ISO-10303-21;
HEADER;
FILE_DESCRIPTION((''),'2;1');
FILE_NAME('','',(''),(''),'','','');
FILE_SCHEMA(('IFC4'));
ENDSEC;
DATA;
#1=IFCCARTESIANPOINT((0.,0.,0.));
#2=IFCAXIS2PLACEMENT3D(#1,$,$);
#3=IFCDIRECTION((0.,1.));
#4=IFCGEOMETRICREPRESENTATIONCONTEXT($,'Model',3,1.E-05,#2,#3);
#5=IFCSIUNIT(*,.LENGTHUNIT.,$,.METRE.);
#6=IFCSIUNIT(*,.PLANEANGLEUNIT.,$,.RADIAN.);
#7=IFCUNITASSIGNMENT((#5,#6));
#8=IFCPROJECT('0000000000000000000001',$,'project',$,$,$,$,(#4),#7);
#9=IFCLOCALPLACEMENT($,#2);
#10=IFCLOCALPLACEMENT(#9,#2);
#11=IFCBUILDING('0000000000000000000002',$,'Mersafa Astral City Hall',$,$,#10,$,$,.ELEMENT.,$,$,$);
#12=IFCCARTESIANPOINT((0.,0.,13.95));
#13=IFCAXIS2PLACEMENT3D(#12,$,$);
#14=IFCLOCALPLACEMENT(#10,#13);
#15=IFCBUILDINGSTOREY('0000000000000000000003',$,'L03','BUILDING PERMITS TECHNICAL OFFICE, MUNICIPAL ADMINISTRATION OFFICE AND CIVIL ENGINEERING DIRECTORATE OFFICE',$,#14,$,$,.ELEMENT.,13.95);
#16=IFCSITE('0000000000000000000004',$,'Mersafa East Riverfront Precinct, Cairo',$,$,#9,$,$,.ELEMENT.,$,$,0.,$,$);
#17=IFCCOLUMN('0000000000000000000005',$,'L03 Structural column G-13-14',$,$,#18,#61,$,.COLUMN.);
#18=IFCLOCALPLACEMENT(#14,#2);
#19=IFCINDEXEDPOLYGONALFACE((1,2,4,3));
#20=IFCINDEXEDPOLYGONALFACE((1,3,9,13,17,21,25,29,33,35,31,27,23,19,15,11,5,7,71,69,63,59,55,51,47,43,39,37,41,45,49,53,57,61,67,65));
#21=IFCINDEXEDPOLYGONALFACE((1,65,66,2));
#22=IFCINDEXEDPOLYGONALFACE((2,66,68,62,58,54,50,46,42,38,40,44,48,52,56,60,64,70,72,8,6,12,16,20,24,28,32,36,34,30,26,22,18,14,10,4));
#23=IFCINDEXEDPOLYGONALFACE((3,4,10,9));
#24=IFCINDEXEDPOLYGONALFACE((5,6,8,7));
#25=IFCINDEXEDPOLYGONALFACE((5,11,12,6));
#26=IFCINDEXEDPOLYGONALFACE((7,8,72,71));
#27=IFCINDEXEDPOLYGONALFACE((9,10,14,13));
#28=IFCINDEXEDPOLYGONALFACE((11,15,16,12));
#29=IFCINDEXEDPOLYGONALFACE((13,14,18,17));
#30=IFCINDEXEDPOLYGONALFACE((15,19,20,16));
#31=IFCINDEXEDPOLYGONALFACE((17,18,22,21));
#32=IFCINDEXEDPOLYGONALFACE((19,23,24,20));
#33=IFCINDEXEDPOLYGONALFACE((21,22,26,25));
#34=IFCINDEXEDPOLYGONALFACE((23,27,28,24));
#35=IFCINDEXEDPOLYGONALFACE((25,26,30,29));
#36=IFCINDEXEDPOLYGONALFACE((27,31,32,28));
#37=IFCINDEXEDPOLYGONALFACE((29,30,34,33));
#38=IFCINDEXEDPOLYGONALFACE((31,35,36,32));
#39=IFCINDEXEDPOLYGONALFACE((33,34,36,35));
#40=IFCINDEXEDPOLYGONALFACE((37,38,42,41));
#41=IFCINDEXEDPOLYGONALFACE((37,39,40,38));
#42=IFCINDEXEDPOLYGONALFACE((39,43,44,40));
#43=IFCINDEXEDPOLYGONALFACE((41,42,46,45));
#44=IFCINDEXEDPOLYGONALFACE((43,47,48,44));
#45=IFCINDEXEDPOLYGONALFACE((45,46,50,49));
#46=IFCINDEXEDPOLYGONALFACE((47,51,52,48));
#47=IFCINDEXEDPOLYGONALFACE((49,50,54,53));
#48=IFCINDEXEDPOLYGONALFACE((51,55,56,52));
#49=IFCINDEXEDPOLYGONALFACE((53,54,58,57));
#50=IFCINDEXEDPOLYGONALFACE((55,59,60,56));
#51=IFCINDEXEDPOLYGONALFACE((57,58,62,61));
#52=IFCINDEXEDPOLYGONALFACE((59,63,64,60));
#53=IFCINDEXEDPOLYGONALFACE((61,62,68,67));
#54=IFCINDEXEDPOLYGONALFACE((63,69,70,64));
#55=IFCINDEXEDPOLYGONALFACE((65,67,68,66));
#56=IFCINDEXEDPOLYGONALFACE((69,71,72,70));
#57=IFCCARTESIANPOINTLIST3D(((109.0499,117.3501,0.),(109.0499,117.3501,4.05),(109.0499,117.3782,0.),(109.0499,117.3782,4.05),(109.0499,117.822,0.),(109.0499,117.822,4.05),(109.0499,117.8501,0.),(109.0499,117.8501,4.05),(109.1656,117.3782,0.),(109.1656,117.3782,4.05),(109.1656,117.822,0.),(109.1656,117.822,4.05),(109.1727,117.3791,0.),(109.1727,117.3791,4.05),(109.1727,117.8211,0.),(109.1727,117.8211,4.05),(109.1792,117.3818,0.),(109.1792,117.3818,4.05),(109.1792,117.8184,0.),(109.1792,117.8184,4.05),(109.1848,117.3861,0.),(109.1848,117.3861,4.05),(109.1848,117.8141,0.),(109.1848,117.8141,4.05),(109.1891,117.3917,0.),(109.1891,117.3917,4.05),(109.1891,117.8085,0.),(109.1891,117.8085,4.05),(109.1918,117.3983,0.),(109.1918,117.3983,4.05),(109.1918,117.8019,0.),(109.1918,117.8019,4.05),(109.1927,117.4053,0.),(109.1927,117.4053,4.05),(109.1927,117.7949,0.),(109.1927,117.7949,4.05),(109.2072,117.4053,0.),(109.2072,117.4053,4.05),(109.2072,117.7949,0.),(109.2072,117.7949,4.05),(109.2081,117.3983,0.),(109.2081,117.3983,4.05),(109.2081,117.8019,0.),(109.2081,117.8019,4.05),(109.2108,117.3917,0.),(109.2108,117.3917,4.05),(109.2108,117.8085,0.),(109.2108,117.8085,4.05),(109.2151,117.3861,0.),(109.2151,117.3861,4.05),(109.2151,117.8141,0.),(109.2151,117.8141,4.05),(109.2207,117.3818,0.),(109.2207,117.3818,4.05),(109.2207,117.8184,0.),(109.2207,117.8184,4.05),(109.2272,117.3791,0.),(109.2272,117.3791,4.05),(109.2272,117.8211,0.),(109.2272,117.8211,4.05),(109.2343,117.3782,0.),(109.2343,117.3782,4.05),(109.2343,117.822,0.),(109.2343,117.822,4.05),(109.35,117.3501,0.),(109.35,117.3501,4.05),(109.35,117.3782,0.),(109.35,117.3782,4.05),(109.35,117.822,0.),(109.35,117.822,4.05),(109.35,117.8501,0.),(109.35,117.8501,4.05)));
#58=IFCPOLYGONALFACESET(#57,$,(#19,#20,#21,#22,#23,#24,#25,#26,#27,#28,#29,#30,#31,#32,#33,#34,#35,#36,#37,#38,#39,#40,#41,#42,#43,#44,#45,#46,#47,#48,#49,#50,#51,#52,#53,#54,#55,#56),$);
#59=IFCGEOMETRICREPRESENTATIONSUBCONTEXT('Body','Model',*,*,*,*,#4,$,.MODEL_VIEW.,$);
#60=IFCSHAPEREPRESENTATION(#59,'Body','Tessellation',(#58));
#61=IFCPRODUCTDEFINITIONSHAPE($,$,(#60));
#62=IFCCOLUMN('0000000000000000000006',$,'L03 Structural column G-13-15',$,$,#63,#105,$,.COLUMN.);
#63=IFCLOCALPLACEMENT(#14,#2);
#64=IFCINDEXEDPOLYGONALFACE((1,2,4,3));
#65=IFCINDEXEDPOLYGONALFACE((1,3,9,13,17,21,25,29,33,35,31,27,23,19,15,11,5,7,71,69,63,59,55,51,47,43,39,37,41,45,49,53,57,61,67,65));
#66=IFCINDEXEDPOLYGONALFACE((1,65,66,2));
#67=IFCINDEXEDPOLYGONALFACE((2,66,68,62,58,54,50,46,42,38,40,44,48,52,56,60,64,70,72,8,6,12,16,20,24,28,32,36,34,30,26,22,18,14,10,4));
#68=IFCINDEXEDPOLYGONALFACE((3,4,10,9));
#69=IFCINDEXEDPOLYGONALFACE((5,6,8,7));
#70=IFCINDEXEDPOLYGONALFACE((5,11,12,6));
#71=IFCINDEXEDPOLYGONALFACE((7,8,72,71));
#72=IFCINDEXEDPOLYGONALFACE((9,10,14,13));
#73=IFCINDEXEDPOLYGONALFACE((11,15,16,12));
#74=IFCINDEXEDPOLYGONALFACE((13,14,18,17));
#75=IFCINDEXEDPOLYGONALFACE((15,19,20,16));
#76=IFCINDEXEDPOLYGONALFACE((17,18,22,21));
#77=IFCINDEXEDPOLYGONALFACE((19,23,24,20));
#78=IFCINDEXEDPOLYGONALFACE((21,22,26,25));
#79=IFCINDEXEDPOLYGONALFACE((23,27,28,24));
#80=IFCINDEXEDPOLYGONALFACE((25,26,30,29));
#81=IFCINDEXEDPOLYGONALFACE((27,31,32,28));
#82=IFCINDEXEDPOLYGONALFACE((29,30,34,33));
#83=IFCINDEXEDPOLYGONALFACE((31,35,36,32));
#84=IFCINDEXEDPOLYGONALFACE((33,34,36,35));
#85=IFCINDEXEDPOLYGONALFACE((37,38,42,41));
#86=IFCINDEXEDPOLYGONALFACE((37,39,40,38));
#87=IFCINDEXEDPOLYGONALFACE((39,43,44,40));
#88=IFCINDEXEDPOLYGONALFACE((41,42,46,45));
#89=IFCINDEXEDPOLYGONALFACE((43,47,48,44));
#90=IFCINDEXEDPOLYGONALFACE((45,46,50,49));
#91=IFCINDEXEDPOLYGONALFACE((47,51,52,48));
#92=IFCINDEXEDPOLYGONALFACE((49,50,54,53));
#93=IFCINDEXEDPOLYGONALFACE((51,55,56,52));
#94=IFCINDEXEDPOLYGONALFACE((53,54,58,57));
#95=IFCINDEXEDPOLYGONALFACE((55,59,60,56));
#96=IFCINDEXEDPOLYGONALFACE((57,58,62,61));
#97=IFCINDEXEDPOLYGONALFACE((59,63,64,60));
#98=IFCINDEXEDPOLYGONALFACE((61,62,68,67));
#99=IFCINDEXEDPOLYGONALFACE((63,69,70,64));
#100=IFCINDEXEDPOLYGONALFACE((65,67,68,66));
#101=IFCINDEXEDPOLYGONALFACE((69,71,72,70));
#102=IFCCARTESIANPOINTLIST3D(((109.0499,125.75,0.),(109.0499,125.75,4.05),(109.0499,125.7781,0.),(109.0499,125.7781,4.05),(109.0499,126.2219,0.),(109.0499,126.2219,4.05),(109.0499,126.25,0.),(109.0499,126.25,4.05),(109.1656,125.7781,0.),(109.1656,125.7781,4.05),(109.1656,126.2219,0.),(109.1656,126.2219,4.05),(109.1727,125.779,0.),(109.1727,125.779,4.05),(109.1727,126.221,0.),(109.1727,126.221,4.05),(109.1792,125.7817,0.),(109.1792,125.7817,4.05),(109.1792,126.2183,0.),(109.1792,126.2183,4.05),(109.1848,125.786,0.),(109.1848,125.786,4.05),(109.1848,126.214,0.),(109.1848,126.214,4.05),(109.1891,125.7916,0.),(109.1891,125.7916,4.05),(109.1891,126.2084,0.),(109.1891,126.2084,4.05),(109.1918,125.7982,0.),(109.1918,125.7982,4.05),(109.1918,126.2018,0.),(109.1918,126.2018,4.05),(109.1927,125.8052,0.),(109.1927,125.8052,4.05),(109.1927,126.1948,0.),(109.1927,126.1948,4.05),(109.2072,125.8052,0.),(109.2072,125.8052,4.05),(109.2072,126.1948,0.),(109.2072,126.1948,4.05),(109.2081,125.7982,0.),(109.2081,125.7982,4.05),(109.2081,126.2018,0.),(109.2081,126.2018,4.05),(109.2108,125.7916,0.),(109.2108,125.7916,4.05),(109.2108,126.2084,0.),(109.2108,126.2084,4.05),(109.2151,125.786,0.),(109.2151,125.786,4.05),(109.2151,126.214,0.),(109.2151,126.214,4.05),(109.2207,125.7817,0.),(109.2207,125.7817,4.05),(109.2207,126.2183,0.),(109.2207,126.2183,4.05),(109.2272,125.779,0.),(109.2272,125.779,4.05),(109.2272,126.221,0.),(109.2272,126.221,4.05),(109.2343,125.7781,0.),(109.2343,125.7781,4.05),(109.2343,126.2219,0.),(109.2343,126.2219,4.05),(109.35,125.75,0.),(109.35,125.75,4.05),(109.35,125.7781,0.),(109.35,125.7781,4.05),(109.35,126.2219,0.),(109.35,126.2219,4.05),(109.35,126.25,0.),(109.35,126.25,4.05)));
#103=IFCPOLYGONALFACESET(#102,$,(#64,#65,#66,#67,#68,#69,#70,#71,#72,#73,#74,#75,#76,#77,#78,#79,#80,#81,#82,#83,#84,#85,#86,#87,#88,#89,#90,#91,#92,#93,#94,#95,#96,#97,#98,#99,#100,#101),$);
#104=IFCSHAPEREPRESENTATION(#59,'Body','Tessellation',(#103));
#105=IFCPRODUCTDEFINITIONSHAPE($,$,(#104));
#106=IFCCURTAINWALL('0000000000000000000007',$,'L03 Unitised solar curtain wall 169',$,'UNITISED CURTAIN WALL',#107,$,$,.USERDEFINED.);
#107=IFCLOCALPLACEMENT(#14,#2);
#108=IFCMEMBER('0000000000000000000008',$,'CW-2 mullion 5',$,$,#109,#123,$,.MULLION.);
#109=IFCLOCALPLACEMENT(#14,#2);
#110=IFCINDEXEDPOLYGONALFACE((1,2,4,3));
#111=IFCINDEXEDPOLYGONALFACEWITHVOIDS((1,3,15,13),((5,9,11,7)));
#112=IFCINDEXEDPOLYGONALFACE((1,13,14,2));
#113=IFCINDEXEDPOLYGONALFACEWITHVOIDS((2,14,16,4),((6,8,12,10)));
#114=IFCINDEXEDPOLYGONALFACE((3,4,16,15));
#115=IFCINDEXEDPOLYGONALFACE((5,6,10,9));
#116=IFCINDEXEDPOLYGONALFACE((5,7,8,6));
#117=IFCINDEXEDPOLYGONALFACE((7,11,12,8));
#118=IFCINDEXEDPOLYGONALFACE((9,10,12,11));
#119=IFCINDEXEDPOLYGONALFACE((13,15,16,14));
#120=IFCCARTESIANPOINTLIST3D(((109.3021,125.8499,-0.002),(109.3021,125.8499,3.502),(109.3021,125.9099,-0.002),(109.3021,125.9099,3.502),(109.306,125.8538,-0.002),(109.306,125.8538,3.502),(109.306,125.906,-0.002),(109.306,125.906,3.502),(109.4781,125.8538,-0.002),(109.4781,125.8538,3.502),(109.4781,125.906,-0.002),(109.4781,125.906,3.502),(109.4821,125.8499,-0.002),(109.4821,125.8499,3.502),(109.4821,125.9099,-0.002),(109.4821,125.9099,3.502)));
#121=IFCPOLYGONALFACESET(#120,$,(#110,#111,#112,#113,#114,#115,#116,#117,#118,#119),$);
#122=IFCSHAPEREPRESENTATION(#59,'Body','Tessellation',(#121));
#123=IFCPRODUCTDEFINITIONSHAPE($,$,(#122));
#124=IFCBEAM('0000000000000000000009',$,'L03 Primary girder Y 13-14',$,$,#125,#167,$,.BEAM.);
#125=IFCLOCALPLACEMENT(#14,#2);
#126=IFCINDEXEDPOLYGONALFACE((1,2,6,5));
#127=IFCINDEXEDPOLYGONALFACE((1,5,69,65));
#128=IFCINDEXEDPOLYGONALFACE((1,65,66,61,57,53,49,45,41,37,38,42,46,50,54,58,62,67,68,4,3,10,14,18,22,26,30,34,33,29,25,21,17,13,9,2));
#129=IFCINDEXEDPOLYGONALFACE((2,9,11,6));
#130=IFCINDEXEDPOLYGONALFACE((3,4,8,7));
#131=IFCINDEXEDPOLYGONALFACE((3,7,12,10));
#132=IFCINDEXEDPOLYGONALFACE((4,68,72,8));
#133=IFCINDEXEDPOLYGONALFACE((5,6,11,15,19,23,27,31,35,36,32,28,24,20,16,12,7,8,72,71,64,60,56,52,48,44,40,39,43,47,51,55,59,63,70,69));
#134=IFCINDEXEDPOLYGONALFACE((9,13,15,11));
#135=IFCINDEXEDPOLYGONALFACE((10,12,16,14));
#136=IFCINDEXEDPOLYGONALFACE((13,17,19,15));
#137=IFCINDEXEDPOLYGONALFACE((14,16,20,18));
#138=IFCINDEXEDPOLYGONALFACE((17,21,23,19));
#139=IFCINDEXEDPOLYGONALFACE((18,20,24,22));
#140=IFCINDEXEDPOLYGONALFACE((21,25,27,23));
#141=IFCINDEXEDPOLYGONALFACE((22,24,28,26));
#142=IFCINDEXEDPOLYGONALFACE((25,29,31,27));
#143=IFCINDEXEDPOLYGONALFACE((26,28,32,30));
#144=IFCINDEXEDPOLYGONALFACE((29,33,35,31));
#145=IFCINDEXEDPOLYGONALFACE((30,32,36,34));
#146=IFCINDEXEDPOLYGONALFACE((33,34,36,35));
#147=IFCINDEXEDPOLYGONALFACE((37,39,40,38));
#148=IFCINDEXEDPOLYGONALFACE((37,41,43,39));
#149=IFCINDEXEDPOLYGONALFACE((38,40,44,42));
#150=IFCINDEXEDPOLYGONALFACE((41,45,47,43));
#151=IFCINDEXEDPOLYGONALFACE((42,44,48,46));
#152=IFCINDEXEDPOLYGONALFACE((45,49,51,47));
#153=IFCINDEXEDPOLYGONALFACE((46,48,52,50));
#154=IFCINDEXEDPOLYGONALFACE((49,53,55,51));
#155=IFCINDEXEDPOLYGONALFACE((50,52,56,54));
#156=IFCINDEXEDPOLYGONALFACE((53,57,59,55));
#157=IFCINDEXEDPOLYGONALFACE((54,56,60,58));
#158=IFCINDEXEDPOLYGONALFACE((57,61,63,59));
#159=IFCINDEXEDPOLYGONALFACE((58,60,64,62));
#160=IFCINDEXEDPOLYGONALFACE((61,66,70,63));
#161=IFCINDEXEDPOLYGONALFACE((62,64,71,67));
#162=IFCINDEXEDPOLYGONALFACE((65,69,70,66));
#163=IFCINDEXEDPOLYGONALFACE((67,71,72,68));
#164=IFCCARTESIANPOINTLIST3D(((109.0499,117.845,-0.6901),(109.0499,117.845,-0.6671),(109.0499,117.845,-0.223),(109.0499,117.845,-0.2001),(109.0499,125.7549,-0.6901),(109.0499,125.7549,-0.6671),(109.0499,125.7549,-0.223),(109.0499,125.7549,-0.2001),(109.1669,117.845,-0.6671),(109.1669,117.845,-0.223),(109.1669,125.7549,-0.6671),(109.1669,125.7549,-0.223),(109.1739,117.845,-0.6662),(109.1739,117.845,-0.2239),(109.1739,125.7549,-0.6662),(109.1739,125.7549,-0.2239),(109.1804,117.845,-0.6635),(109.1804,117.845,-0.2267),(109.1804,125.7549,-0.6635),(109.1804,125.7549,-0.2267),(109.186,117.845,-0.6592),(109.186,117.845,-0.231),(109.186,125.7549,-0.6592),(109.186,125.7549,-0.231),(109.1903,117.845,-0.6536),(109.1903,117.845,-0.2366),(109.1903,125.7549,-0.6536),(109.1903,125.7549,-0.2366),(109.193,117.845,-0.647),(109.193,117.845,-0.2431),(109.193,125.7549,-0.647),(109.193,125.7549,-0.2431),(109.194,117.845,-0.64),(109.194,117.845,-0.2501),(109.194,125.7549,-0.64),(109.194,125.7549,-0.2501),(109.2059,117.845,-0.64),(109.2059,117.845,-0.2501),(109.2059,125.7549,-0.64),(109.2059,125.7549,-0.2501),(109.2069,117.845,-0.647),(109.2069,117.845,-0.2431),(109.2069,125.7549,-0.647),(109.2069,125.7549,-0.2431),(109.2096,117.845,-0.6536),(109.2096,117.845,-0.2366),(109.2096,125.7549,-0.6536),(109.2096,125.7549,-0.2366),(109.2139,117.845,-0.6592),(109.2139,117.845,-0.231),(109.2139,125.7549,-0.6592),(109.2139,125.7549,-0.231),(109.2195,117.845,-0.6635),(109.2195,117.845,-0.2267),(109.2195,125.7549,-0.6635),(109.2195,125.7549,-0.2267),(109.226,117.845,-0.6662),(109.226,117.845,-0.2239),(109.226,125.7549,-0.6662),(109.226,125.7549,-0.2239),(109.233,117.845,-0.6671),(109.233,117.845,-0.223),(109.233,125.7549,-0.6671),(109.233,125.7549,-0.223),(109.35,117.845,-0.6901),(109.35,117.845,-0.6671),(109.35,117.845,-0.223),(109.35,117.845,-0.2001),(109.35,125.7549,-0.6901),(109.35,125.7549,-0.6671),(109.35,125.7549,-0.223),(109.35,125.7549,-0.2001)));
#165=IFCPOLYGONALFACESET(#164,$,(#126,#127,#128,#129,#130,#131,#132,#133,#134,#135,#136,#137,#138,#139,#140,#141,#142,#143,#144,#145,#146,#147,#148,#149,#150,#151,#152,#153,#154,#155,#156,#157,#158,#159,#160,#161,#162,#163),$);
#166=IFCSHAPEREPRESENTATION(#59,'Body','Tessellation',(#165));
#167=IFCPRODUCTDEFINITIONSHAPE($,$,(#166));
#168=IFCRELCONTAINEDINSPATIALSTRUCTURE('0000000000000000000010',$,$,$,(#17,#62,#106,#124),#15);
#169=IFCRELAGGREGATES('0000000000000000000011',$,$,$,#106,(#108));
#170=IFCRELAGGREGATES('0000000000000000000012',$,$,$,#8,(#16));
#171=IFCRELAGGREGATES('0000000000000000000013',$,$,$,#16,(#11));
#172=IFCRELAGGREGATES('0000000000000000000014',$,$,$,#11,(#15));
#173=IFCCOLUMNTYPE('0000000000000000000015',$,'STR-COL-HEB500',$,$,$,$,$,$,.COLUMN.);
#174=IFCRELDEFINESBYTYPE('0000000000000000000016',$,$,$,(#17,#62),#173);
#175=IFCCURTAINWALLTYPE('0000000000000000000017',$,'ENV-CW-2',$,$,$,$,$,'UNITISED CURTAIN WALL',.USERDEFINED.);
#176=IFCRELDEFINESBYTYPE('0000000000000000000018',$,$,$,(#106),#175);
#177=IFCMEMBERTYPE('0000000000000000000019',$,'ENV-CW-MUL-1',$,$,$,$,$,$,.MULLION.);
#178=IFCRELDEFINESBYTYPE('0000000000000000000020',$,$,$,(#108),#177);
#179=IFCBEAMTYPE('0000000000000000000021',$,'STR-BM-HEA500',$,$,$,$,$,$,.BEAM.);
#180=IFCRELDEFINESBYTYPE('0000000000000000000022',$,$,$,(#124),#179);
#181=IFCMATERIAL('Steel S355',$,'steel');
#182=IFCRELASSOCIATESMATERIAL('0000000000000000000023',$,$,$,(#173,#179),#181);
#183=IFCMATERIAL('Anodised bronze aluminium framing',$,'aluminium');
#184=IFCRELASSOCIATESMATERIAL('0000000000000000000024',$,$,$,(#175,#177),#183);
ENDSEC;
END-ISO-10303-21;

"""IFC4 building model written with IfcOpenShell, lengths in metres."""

from ifc_helpers import new_model, si_unit, direction, frame, origin, origin_2d, place, context, subcontext, project, spatial, hollow_rectangle, i_section, extrude, material, material_profile, profile_set, type_object, element, aggregate, save


model = new_model("IFC4")

# Units and contexts
model_context = context("Model", 3, precision=1e-05, world=origin(), true_north=direction((0.0, 1.0)))
body_context = subcontext(model_context, "Body", "Model", "MODEL_VIEW")
ifc_project = project(units=[si_unit("LENGTHUNIT", "METRE"), si_unit("PLANEANGLEUNIT", "RADIAN")], contexts=[model_context])

# Site, building, storey
site_placement = place(None, origin())
site = spatial("IfcSite", under=ifc_project, at=site_placement, Name="Mersafa East Riverfront Precinct, Cairo", CompositionType="ELEMENT", RefElevation=0.0)
building_placement = place(site_placement, origin())
building = spatial("IfcBuilding", under=site, at=building_placement, Name="Mersafa Astral City Hall", CompositionType="ELEMENT")
storey_placement = place(building_placement, frame((0.0, 0.0, 13.95)))
storey = spatial("IfcBuildingStorey", under=building, at=storey_placement, Name="L03", Description="BUILDING PERMITS TECHNICAL OFFICE, MUNICIPAL ADMINISTRATION OFFICE AND CIVIL ENGINEERING DIRECTORATE OFFICE", CompositionType="ELEMENT", Elevation=13.95)

# Columns
ifc_material_1 = material(Name="Steel S355", Category="steel")
ifc_material_profile_1 = material_profile(ifc_material_1, i_section(OverallWidth=0.3, OverallDepth=0.5, WebThickness=0.0144, FlangeThickness=0.0281, FilletRadius=0.0271, at=origin_2d()), Name="HEB 500")
ifc_profile_set_1 = profile_set([ifc_material_profile_1], Name="Steel S355")
column_type = type_object("IfcColumnType", Name="STR-COL-HEB500", PredefinedType="COLUMN", material=ifc_profile_set_1)
for number, where, z_axis, x_axis, name in (
    (1, (109.2, 117.6001, 0.0), (0.0, 0.0, 1.0), (1.0, 0.0, 0.0), "L03 Structural column G-13-14"),
    (2, (109.2, 126.0, 0.0), (0.0, 0.0, 1.0), (1.0, 0.0, 0.0), "L03 Structural column G-13-15"),
):
    element("IfcColumn", number, at=place(storey_placement, frame(where, z_axis=z_axis, x_axis=x_axis)), inside=storey, type_object=column_type, Name=name, PredefinedType="COLUMN", context=body_context, shape_type="SweptSolid", body=[
        extrude(i_section(OverallWidth=0.3, OverallDepth=0.5, WebThickness=0.0144, FlangeThickness=0.0281, FilletRadius=0.0271, at=origin_2d()), origin(), (0.0, 0.0, 1.0), 4.05),
    ])

# Curtain wall, member
ifc_material_2 = material(Name="Anodised bronze aluminium framing", Category="aluminium")
curtain_wall_type = type_object("IfcCurtainWallType", Name="ENV-CW-2", ElementType="UNITISED CURTAIN WALL", PredefinedType="USERDEFINED", material=ifc_material_2)
curtain_wall_placement = place(storey_placement, origin())
curtain_wall = element("IfcCurtainWall", 3, at=curtain_wall_placement, inside=storey, type_object=curtain_wall_type, Name="L03 Unitised solar curtain wall 169", ObjectType="UNITISED CURTAIN WALL", PredefinedType="USERDEFINED")
ifc_material_profile_2 = material_profile(ifc_material_2, hollow_rectangle(XDim=0.0601, YDim=0.1799, WallThickness=0.0039, at=origin_2d()), Name="RHS 60x180x4")
ifc_profile_set_2 = profile_set([ifc_material_profile_2], Name="Anodised bronze aluminium framing")
member_type = type_object("IfcMemberType", Name="ENV-CW-MUL-1", PredefinedType="MULLION", material=ifc_profile_set_2)
member_placement = place(storey_placement, frame((109.3921, 125.8799, -0.002), z_axis=(0.0, 0.0, 1.0), x_axis=(0.0, -1.0, 0.0)))
member = element("IfcMember", 4, at=member_placement, type_object=member_type, Name="CW-2 mullion 5", PredefinedType="MULLION", context=body_context, shape_type="SweptSolid", body=[
    extrude(hollow_rectangle(XDim=0.0601, YDim=0.1799, WallThickness=0.0039, at=origin_2d()), origin(), (0.0, 0.0, 1.0), 3.5039),
])

# Beam
ifc_material_profile_3 = material_profile(ifc_material_1, i_section(OverallWidth=0.3, OverallDepth=0.49, WebThickness=0.012, FlangeThickness=0.0229, FilletRadius=0.0271, at=origin_2d()), Name="HEA 500")
ifc_profile_set_3 = profile_set([ifc_material_profile_3], Name="Steel S355")
beam_type_1 = type_object("IfcBeamType", Name="STR-BM-HEA500", PredefinedType="BEAM", material=ifc_profile_set_3)
beam_1_placement = place(storey_placement, frame((109.2, 117.845, -0.4451), z_axis=(0.0, 1.0, 0.0), x_axis=(-1.0, 0.0, 0.0)))
element("IfcBeam", 5, at=beam_1_placement, inside=storey, type_object=beam_type_1, Name="L03 Primary girder Y 13-14", PredefinedType="BEAM", context=body_context, shape_type="SweptSolid", body=[
    extrude(i_section(OverallWidth=0.3, OverallDepth=0.49, WebThickness=0.012, FlangeThickness=0.0229, FilletRadius=0.0271, at=origin_2d()), origin(), (0.0, 0.0, 1.0), 7.9099),
])

aggregate(curtain_wall, [member])

save(model, "model.ifc")
